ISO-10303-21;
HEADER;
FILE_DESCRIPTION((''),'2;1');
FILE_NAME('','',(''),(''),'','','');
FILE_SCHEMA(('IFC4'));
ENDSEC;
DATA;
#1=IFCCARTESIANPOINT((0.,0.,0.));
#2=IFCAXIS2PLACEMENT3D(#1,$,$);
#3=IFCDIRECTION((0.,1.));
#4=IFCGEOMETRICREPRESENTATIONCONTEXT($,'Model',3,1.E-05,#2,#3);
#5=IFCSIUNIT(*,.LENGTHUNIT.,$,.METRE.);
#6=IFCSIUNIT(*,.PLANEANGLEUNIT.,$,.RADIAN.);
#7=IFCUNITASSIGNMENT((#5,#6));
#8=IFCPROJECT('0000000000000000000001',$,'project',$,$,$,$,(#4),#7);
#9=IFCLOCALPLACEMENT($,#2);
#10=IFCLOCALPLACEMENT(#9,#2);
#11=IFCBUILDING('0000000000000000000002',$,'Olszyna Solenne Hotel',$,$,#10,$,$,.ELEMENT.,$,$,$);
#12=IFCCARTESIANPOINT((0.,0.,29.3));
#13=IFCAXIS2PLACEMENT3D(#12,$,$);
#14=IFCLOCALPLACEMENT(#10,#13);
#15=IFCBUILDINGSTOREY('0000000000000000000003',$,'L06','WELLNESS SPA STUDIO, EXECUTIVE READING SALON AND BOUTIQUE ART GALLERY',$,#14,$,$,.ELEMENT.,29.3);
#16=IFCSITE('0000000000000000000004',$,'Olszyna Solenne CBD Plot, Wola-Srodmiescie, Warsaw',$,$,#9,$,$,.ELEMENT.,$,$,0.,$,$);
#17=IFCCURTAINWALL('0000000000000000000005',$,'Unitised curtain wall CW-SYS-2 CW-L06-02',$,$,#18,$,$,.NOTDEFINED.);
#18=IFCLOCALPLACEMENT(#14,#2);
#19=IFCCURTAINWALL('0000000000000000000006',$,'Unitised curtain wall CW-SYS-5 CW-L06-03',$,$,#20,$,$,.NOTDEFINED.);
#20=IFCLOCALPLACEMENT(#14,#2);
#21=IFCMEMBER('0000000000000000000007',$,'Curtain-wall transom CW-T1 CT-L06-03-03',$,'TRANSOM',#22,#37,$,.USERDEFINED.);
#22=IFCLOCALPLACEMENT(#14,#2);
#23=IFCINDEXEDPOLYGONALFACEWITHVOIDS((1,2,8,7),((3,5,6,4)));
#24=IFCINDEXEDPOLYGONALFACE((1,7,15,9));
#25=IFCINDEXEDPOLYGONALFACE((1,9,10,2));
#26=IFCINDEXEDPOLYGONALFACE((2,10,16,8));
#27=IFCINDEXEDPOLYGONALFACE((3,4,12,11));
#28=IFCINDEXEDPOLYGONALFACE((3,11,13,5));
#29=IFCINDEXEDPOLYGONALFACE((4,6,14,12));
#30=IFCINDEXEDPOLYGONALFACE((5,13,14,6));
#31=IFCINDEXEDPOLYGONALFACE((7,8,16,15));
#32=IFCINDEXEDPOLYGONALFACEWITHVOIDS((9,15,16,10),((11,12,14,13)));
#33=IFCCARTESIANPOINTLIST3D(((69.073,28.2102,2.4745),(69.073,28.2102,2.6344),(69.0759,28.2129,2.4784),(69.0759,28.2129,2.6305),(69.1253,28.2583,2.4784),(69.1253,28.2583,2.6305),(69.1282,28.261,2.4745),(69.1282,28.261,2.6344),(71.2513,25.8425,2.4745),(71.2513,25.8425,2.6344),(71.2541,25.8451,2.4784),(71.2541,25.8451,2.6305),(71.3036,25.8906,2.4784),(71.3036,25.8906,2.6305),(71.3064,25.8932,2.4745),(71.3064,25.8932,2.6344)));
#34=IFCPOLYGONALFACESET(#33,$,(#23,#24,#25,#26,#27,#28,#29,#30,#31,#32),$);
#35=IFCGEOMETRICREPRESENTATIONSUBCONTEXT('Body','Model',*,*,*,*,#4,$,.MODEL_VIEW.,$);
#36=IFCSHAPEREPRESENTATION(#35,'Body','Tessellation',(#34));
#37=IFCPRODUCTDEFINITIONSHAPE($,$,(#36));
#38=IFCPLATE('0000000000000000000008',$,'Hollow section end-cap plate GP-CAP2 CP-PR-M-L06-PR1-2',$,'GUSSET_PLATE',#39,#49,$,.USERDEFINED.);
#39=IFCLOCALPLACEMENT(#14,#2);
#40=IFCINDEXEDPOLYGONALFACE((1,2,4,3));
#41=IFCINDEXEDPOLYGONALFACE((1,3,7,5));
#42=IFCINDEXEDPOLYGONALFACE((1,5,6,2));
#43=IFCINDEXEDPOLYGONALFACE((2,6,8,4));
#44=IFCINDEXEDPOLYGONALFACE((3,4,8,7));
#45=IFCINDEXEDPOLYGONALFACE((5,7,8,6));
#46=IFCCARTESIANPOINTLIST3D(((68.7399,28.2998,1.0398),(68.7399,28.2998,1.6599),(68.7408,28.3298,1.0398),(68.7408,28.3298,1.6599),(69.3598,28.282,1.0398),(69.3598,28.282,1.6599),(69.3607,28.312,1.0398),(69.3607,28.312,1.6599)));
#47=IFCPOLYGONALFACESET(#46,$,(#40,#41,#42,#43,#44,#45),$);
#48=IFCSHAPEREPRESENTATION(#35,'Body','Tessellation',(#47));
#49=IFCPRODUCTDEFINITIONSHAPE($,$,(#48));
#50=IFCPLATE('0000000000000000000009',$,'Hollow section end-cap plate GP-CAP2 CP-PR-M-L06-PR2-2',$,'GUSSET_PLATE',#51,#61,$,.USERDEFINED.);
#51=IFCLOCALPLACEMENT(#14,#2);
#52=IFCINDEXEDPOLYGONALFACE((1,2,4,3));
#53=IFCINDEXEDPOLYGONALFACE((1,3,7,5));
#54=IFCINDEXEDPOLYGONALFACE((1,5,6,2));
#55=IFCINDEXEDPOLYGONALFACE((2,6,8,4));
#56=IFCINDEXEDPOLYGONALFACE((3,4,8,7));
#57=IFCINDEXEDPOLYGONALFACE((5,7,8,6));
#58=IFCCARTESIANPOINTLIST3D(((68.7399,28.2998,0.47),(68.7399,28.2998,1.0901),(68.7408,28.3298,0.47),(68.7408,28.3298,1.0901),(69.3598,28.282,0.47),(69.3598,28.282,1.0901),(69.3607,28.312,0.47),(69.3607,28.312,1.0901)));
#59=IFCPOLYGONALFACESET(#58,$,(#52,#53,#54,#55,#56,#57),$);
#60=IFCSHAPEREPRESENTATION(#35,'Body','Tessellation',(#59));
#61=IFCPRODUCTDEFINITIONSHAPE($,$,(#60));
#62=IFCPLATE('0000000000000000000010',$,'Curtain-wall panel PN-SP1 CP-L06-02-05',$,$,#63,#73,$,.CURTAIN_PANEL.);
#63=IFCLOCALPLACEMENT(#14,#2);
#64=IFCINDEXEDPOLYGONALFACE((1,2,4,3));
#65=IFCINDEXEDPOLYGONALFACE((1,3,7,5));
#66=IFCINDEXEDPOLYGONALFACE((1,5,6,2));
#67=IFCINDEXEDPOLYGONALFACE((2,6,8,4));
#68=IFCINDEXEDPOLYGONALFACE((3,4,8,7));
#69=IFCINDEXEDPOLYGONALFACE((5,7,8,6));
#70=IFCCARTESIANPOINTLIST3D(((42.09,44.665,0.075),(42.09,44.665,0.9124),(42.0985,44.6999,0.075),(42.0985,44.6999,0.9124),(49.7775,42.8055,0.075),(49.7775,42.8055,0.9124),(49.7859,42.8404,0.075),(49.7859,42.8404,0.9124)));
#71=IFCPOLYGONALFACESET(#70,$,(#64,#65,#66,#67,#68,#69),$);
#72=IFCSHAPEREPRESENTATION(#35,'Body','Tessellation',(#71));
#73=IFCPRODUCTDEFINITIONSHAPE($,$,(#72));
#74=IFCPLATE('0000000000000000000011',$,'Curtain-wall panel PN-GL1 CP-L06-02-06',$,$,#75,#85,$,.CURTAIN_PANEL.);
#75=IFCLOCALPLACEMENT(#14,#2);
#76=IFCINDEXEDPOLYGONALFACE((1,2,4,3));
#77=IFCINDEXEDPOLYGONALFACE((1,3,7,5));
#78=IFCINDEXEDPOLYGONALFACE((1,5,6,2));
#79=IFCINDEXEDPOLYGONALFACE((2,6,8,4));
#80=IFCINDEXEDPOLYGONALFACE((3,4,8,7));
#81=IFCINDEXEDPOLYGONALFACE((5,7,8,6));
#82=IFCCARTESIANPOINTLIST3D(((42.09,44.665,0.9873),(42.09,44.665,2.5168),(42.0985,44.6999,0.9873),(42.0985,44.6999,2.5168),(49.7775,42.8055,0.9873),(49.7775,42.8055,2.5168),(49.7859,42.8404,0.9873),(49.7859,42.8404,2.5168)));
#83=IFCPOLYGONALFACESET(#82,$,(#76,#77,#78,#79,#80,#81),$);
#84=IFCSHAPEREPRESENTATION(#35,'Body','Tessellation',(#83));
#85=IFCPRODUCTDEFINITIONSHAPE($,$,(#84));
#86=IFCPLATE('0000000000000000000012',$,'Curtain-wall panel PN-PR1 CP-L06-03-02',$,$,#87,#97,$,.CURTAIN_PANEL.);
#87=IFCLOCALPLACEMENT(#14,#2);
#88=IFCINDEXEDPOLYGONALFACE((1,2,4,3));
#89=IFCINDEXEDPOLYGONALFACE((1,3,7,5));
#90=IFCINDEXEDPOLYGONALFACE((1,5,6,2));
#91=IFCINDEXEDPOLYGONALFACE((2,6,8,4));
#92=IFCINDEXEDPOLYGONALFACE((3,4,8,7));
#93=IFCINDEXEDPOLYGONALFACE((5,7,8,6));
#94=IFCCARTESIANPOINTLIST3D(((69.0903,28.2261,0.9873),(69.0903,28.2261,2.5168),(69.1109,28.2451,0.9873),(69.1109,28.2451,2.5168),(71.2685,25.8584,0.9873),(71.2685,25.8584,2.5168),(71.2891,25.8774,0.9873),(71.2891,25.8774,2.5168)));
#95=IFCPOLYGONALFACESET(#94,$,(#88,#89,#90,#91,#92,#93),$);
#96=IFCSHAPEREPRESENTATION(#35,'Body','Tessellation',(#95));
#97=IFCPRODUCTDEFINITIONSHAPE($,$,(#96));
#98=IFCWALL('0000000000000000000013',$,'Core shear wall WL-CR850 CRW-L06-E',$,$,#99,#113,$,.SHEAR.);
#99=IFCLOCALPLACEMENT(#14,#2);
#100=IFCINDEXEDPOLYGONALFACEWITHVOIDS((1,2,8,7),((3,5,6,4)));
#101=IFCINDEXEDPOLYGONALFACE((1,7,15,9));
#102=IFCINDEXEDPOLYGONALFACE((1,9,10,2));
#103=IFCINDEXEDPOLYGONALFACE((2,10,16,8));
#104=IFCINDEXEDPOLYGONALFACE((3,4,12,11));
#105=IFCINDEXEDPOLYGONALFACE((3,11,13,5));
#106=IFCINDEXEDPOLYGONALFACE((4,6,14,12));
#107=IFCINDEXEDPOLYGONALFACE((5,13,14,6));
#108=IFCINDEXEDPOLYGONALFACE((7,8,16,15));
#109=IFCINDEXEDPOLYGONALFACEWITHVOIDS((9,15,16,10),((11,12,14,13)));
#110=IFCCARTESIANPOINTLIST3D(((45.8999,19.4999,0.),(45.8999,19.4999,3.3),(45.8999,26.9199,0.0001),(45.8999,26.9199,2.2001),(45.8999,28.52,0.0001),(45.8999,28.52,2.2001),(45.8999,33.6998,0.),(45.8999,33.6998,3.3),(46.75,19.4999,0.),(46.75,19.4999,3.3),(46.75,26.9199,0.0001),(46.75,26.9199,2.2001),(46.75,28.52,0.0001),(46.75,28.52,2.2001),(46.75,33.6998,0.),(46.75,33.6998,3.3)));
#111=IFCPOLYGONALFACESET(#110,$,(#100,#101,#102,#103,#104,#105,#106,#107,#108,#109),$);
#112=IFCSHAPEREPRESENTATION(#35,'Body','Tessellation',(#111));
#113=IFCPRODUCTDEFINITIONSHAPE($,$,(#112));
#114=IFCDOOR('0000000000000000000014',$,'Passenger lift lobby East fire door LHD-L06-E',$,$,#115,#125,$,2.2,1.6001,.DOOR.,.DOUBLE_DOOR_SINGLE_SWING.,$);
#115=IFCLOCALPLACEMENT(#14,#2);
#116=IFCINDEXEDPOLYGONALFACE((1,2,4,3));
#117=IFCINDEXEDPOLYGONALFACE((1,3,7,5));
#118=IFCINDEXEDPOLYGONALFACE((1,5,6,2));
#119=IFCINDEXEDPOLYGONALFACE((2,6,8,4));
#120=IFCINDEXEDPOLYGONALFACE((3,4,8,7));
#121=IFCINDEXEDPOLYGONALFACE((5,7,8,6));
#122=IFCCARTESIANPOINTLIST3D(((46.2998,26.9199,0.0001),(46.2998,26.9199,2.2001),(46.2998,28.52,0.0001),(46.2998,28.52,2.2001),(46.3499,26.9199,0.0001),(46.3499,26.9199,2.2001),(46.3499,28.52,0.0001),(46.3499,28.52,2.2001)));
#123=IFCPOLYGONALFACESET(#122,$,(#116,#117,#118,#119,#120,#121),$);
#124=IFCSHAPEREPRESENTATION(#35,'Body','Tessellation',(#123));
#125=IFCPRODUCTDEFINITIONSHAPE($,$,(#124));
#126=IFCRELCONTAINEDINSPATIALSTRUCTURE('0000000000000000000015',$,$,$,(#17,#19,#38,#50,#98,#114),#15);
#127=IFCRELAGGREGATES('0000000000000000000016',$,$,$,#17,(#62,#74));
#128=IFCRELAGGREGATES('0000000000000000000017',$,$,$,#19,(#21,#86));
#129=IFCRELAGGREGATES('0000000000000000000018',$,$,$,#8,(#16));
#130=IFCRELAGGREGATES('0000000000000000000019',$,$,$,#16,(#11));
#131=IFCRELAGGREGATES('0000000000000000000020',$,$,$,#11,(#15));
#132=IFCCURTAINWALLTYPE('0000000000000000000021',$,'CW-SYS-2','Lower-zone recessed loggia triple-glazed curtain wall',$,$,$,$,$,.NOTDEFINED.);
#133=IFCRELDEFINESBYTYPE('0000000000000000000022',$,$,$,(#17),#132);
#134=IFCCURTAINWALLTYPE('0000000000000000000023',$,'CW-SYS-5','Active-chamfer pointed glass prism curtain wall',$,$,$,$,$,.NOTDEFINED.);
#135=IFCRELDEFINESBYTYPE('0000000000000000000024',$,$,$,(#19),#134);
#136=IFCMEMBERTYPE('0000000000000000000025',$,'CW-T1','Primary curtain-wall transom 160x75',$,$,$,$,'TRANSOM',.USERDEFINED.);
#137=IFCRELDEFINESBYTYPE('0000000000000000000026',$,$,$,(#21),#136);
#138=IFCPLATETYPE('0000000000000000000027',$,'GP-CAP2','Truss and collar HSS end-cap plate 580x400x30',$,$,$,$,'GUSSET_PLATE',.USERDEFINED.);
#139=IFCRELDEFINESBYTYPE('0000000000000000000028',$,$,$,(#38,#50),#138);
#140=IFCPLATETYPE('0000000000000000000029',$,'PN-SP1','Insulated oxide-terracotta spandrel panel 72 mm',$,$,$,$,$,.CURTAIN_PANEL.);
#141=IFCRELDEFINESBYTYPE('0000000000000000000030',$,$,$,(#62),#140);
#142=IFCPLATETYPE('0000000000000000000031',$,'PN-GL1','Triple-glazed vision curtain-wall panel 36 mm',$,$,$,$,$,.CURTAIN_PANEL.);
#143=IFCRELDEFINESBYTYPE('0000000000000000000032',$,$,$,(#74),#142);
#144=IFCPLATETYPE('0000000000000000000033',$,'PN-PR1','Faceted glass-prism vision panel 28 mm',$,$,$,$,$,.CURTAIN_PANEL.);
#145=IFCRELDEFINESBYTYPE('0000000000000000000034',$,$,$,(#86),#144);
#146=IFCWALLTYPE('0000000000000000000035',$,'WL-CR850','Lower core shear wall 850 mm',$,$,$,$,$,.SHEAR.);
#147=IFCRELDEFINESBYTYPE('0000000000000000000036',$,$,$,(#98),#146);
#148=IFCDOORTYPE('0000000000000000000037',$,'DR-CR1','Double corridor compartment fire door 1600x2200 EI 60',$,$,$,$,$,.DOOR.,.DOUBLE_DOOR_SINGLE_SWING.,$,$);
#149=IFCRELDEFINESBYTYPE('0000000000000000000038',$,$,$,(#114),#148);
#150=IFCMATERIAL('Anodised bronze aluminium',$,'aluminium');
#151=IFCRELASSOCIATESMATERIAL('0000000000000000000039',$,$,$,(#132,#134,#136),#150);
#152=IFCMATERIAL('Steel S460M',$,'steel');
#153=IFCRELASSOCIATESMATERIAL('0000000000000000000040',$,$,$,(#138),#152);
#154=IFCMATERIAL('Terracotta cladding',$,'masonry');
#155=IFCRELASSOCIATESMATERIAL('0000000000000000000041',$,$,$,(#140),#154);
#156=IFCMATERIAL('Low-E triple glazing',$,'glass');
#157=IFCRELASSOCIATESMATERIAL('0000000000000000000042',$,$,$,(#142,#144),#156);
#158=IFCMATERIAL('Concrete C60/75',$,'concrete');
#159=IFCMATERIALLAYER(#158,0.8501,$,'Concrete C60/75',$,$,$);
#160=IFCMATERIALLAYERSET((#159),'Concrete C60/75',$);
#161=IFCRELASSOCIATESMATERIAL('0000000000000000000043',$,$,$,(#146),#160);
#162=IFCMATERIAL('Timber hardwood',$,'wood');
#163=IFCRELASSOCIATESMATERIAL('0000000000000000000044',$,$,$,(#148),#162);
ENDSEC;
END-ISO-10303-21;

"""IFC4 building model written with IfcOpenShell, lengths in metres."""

from ifc_helpers import new_model, si_unit, direction, frame, frame_2d, origin, origin_2d, place, context, subcontext, project, spatial, rectangle, hollow_rectangle, extrude, source, transform, mapped, material, layer, layer_set, material_profile, profile_set, type_object, type_shapes, element, fill, aggregate, save


model = new_model("IFC4")

# Units and contexts
model_context = context("Model", 3, precision=1e-05, world=origin(), true_north=direction((0.0, 1.0)))
body_context = subcontext(model_context, "Body", "Model", "MODEL_VIEW")
ifc_project = project(units=[si_unit("LENGTHUNIT", "METRE"), si_unit("PLANEANGLEUNIT", "RADIAN")], contexts=[model_context])

# Site, building, storey
site_placement = place(None, origin())
site = spatial("IfcSite", under=ifc_project, at=site_placement, Name="Olszyna Solenne CBD Plot, Wola-Srodmiescie, Warsaw", CompositionType="ELEMENT", RefElevation=0.0)
building_placement = place(site_placement, origin())
building = spatial("IfcBuilding", under=site, at=building_placement, Name="Olszyna Solenne Hotel", CompositionType="ELEMENT")
storey_placement = place(building_placement, frame((0.0, 0.0, 29.3)))
storey = spatial("IfcBuildingStorey", under=building, at=storey_placement, Name="L06", Description="WELLNESS SPA STUDIO, EXECUTIVE READING SALON AND BOUTIQUE ART GALLERY", CompositionType="ELEMENT", Elevation=29.3)

# Shared definitions
ifc_material_1 = material(Name="Steel S460M", Category="steel")

# Curtain wall
ifc_material_2 = material(Name="Anodised bronze aluminium", Category="aluminium")
curtain_wall_type_1 = type_object("IfcCurtainWallType", Name="CW-SYS-2", Description="Lower-zone recessed loggia triple-glazed curtain wall", PredefinedType="NOTDEFINED", material=ifc_material_2)
curtain_wall_1_placement = place(storey_placement, origin())
curtain_wall_1 = element("IfcCurtainWall", 1, at=curtain_wall_1_placement, inside=storey, type_object=curtain_wall_type_1, Name="Unitised curtain wall CW-SYS-2 CW-L06-02", PredefinedType="NOTDEFINED")

# Curtain wall
curtain_wall_type_2 = type_object("IfcCurtainWallType", Name="CW-SYS-5", Description="Active-chamfer pointed glass prism curtain wall", PredefinedType="NOTDEFINED", material=ifc_material_2)
curtain_wall_2_placement = place(storey_placement, origin())
curtain_wall_2 = element("IfcCurtainWall", 2, at=curtain_wall_2_placement, inside=storey, type_object=curtain_wall_type_2, Name="Unitised curtain wall CW-SYS-5 CW-L06-03", PredefinedType="NOTDEFINED")

# Member
ifc_material_profile_1 = material_profile(ifc_material_2, hollow_rectangle(XDim=0.075, YDim=0.1599, WallThickness=0.0039, at=origin_2d()), Name="TRAN 160x75x4", Category="load-bearing")
ifc_profile_set_1 = profile_set([ifc_material_profile_1], Name="Anodised bronze aluminium")
member_type_1 = type_object("IfcMemberType", Name="CW-T1", Description="Primary curtain-wall transom 160x75", ElementType="TRANSOM", PredefinedType="USERDEFINED", material=ifc_profile_set_1)
shared_shape_1 = source(origin(), body_context, "Body", "SweptSolid", [
    extrude(hollow_rectangle(XDim=0.075, YDim=0.1599, WallThickness=0.0039, at=origin_2d()), origin(), (0.0, 0.0, 1.0), 3.2173),
])
member_1_placement = place(storey_placement, frame((69.1006, 28.2356, 2.5544), z_axis=(0.67705, -0.735937, 0.0), x_axis=(0.735937, 0.67705, 0.0)))
member_1 = element("IfcMember", 3, at=member_1_placement, type_object=member_type_1, Name="Curtain-wall transom CW-T1 CT-L06-03-03", ObjectType="TRANSOM", PredefinedType="USERDEFINED", context=body_context, shape_type="MappedRepresentation", body=[
    mapped(shared_shape_1, transform((0.0, 0.0, 0.0), x_axis=(1.0, 0.0, 0.0), y_axis=(0.0, 1.0, 0.0), z_axis=(0.0, 0.0, 1.0), scale=1.0)),
])

# Plates
plate_type_1 = type_object("IfcPlateType", Name="GP-CAP2", Description="Truss and collar HSS end-cap plate 580x400x30", ElementType="GUSSET_PLATE", PredefinedType="USERDEFINED", material=ifc_material_1)
shared_shape_2 = source(origin(), body_context, "Body", "SweptSolid", [
    extrude(rectangle(XDim=0.03, YDim=0.6201, at=origin_2d()), origin(), (0.0, 0.0, 1.0), 0.6201),
])
for number, where, z_axis, x_axis, name in (
    (4, (69.0503, 28.3059, 1.0398), (0.0, 0.0, 1.0), (0.028794, 0.999585, 0.0), "Hollow section end-cap plate GP-CAP2 CP-PR-M-L06-PR1-2"),
    (5, (69.0503, 28.3059, 0.47), (0.0, 0.0, 1.0), (0.028794, 0.999585, 0.0), "Hollow section end-cap plate GP-CAP2 CP-PR-M-L06-PR2-2"),
):
    element("IfcPlate", number, at=place(storey_placement, frame(where, z_axis=z_axis, x_axis=x_axis)), inside=storey, type_object=plate_type_1, Name=name, ObjectType="GUSSET_PLATE", PredefinedType="USERDEFINED", context=body_context, shape_type="MappedRepresentation", body=[
        mapped(shared_shape_2, transform((0.0, 0.0, 0.0), x_axis=(1.0, 0.0, 0.0), y_axis=(0.0, 1.0, 0.0), z_axis=(0.0, 0.0, 1.0), scale=1.0)),
    ])

# Plates
ifc_material_3 = material(Name="Terracotta cladding", Category="masonry")
plate_type_2 = type_object("IfcPlateType", Name="PN-SP1", Description="Insulated oxide-terracotta spandrel panel 72 mm", PredefinedType="CURTAIN_PANEL", material=ifc_material_3)
shared_shape_3 = source(origin(), body_context, "Body", "SweptSolid", [
    extrude(rectangle(XDim=7.9092, YDim=0.0359, at=origin_2d()), origin(), (0.0, 0.0, 1.0), 0.8374),
])
plate_1_placement = place(storey_placement, frame((45.938, 43.7527, 0.075), z_axis=(0.0, 0.0, 1.0), x_axis=(0.971969, -0.235108, 0.0)))
plate_1 = element("IfcPlate", 6, at=plate_1_placement, type_object=plate_type_2, Name="Curtain-wall panel PN-SP1 CP-L06-02-05", PredefinedType="CURTAIN_PANEL", context=body_context, shape_type="MappedRepresentation", body=[
    mapped(shared_shape_3, transform((0.0, 0.0, 0.0), x_axis=(1.0, 0.0, 0.0), y_axis=(0.0, 1.0, 0.0), z_axis=(0.0, 0.0, 1.0), scale=1.0)),
])
ifc_material_4 = material(Name="Low-E triple glazing", Category="glass")
plate_type_3 = type_object("IfcPlateType", Name="PN-GL1", Description="Triple-glazed vision curtain-wall panel 36 mm", PredefinedType="CURTAIN_PANEL", material=ifc_material_4)
shared_shape_4 = source(origin(), body_context, "Body", "SweptSolid", [
    extrude(rectangle(XDim=7.9092, YDim=0.0359, at=origin_2d()), origin(), (0.0, 0.0, 1.0), 1.5295),
])
plate_2_placement = place(storey_placement, frame((45.938, 43.7527, 0.9873), z_axis=(0.0, 0.0, 1.0), x_axis=(0.971969, -0.235108, 0.0)))
plate_2 = element("IfcPlate", 7, at=plate_2_placement, type_object=plate_type_3, Name="Curtain-wall panel PN-GL1 CP-L06-02-06", PredefinedType="CURTAIN_PANEL", context=body_context, shape_type="MappedRepresentation", body=[
    mapped(shared_shape_4, transform((0.0, 0.0, 0.0), x_axis=(1.0, 0.0, 0.0), y_axis=(0.0, 1.0, 0.0), z_axis=(0.0, 0.0, 1.0), scale=1.0)),
])
aggregate(curtain_wall_1, [plate_1, plate_2])
plate_type_4 = type_object("IfcPlateType", Name="PN-PR1", Description="Faceted glass-prism vision panel 28 mm", PredefinedType="CURTAIN_PANEL", material=ifc_material_4)
shared_shape_5 = source(origin(), body_context, "Body", "SweptSolid", [
    extrude(rectangle(XDim=3.2173, YDim=0.0281, at=origin_2d()), origin(), (0.0, 0.0, 1.0), 1.5295),
])
plate_3_placement = place(storey_placement, frame((70.1897, 27.0518, 0.9873), z_axis=(0.0, 0.0, 1.0), x_axis=(0.677032, -0.735954, 0.0)))
plate_3 = element("IfcPlate", 8, at=plate_3_placement, type_object=plate_type_4, Name="Curtain-wall panel PN-PR1 CP-L06-03-02", PredefinedType="CURTAIN_PANEL", context=body_context, shape_type="MappedRepresentation", body=[
    mapped(shared_shape_5, transform((0.0, 0.0, 0.0), x_axis=(1.0, 0.0, 0.0), y_axis=(0.0, 1.0, 0.0), z_axis=(0.0, 0.0, 1.0), scale=1.0)),
])
aggregate(curtain_wall_2, [member_1, plate_3])

# Wall, opening, door
ifc_material_5 = material(Name="Concrete C60/75", Category="concrete")
ifc_layer_1 = layer(ifc_material_5, 0.8501, Name="Concrete C60/75")
ifc_layer_set_1 = layer_set([ifc_layer_1], Name="Concrete C60/75")
wall_type_1 = type_object("IfcWallType", Name="WL-CR850", Description="Lower core shear wall 850 mm", PredefinedType="SHEAR", material=ifc_layer_set_1)
wall_1_placement = place(storey_placement, frame((46.325, 33.7, 0.0), z_axis=(0.0, 0.0, 1.0), x_axis=(0.0, -1.0, 0.0)))
wall_1 = element("IfcWall", 9, at=wall_1_placement, inside=storey, type_object=wall_type_1, Name="Core shear wall WL-CR850 CRW-L06-E", PredefinedType="SHEAR", context=body_context, shape_type="SweptSolid", body=[
    extrude(rectangle(XDim=14.2, YDim=0.8501, at=frame_2d((7.1001, 0.0))), origin(), (0.0, 0.0, 1.0), 3.3),
])
opening_1_placement = place(wall_1_placement, frame((5.1799, 0.0, 0.0)))
opening_1 = element("IfcOpeningElement", 10, at=opening_1_placement, cuts=wall_1, PredefinedType="OPENING", context=body_context, shape_type="SweptSolid", body=[
    extrude(rectangle(XDim=1.6001, YDim=2.2, at=frame_2d((0.8, 1.1001))), frame((0.0, 0.4351, 0.0), z_axis=(0.0, -1.0, 0.0), x_axis=(1.0, 0.0, 0.0)), (0.0, 0.0, 1.0), 0.8701),
])
ifc_material_6 = material(Name="Timber hardwood", Category="wood")
door_type_1 = type_object("IfcDoorType", Name="DR-CR1", Description="Double corridor compartment fire door 1600x2200 EI 60", OperationType="DOUBLE_DOOR_SINGLE_SWING", PredefinedType="DOOR", material=ifc_material_6)
shared_shape_6 = source(origin(), body_context, "Body", "SweptSolid", [
    extrude(rectangle(XDim=1.6001, YDim=2.2, at=frame_2d((0.8, 1.1001))), frame((0.0, 0.0249, 0.0), z_axis=(0.0, -1.0, 0.0), x_axis=(1.0, 0.0, 0.0)), (0.0, 0.0, 1.0), 0.05),
])
type_shapes(door_type_1, [shared_shape_6])
door_1_placement = place(opening_1_placement, origin())
door_1 = element("IfcDoor", 11, at=door_1_placement, inside=storey, type_object=door_type_1, Name="Passenger lift lobby East fire door LHD-L06-E", OperationType="DOUBLE_DOOR_SINGLE_SWING", OverallHeight=2.2, OverallWidth=1.6001, PredefinedType="DOOR", context=body_context, shape_type="MappedRepresentation", body=[
    mapped(shared_shape_6, transform((0.0, 0.0, 0.0), x_axis=(1.0, 0.0, 0.0), y_axis=(0.0, 1.0, 0.0), z_axis=(0.0, 0.0, 1.0), scale=1.0)),
])
fill(opening_1, door_1)

save(model, "model.ifc")
